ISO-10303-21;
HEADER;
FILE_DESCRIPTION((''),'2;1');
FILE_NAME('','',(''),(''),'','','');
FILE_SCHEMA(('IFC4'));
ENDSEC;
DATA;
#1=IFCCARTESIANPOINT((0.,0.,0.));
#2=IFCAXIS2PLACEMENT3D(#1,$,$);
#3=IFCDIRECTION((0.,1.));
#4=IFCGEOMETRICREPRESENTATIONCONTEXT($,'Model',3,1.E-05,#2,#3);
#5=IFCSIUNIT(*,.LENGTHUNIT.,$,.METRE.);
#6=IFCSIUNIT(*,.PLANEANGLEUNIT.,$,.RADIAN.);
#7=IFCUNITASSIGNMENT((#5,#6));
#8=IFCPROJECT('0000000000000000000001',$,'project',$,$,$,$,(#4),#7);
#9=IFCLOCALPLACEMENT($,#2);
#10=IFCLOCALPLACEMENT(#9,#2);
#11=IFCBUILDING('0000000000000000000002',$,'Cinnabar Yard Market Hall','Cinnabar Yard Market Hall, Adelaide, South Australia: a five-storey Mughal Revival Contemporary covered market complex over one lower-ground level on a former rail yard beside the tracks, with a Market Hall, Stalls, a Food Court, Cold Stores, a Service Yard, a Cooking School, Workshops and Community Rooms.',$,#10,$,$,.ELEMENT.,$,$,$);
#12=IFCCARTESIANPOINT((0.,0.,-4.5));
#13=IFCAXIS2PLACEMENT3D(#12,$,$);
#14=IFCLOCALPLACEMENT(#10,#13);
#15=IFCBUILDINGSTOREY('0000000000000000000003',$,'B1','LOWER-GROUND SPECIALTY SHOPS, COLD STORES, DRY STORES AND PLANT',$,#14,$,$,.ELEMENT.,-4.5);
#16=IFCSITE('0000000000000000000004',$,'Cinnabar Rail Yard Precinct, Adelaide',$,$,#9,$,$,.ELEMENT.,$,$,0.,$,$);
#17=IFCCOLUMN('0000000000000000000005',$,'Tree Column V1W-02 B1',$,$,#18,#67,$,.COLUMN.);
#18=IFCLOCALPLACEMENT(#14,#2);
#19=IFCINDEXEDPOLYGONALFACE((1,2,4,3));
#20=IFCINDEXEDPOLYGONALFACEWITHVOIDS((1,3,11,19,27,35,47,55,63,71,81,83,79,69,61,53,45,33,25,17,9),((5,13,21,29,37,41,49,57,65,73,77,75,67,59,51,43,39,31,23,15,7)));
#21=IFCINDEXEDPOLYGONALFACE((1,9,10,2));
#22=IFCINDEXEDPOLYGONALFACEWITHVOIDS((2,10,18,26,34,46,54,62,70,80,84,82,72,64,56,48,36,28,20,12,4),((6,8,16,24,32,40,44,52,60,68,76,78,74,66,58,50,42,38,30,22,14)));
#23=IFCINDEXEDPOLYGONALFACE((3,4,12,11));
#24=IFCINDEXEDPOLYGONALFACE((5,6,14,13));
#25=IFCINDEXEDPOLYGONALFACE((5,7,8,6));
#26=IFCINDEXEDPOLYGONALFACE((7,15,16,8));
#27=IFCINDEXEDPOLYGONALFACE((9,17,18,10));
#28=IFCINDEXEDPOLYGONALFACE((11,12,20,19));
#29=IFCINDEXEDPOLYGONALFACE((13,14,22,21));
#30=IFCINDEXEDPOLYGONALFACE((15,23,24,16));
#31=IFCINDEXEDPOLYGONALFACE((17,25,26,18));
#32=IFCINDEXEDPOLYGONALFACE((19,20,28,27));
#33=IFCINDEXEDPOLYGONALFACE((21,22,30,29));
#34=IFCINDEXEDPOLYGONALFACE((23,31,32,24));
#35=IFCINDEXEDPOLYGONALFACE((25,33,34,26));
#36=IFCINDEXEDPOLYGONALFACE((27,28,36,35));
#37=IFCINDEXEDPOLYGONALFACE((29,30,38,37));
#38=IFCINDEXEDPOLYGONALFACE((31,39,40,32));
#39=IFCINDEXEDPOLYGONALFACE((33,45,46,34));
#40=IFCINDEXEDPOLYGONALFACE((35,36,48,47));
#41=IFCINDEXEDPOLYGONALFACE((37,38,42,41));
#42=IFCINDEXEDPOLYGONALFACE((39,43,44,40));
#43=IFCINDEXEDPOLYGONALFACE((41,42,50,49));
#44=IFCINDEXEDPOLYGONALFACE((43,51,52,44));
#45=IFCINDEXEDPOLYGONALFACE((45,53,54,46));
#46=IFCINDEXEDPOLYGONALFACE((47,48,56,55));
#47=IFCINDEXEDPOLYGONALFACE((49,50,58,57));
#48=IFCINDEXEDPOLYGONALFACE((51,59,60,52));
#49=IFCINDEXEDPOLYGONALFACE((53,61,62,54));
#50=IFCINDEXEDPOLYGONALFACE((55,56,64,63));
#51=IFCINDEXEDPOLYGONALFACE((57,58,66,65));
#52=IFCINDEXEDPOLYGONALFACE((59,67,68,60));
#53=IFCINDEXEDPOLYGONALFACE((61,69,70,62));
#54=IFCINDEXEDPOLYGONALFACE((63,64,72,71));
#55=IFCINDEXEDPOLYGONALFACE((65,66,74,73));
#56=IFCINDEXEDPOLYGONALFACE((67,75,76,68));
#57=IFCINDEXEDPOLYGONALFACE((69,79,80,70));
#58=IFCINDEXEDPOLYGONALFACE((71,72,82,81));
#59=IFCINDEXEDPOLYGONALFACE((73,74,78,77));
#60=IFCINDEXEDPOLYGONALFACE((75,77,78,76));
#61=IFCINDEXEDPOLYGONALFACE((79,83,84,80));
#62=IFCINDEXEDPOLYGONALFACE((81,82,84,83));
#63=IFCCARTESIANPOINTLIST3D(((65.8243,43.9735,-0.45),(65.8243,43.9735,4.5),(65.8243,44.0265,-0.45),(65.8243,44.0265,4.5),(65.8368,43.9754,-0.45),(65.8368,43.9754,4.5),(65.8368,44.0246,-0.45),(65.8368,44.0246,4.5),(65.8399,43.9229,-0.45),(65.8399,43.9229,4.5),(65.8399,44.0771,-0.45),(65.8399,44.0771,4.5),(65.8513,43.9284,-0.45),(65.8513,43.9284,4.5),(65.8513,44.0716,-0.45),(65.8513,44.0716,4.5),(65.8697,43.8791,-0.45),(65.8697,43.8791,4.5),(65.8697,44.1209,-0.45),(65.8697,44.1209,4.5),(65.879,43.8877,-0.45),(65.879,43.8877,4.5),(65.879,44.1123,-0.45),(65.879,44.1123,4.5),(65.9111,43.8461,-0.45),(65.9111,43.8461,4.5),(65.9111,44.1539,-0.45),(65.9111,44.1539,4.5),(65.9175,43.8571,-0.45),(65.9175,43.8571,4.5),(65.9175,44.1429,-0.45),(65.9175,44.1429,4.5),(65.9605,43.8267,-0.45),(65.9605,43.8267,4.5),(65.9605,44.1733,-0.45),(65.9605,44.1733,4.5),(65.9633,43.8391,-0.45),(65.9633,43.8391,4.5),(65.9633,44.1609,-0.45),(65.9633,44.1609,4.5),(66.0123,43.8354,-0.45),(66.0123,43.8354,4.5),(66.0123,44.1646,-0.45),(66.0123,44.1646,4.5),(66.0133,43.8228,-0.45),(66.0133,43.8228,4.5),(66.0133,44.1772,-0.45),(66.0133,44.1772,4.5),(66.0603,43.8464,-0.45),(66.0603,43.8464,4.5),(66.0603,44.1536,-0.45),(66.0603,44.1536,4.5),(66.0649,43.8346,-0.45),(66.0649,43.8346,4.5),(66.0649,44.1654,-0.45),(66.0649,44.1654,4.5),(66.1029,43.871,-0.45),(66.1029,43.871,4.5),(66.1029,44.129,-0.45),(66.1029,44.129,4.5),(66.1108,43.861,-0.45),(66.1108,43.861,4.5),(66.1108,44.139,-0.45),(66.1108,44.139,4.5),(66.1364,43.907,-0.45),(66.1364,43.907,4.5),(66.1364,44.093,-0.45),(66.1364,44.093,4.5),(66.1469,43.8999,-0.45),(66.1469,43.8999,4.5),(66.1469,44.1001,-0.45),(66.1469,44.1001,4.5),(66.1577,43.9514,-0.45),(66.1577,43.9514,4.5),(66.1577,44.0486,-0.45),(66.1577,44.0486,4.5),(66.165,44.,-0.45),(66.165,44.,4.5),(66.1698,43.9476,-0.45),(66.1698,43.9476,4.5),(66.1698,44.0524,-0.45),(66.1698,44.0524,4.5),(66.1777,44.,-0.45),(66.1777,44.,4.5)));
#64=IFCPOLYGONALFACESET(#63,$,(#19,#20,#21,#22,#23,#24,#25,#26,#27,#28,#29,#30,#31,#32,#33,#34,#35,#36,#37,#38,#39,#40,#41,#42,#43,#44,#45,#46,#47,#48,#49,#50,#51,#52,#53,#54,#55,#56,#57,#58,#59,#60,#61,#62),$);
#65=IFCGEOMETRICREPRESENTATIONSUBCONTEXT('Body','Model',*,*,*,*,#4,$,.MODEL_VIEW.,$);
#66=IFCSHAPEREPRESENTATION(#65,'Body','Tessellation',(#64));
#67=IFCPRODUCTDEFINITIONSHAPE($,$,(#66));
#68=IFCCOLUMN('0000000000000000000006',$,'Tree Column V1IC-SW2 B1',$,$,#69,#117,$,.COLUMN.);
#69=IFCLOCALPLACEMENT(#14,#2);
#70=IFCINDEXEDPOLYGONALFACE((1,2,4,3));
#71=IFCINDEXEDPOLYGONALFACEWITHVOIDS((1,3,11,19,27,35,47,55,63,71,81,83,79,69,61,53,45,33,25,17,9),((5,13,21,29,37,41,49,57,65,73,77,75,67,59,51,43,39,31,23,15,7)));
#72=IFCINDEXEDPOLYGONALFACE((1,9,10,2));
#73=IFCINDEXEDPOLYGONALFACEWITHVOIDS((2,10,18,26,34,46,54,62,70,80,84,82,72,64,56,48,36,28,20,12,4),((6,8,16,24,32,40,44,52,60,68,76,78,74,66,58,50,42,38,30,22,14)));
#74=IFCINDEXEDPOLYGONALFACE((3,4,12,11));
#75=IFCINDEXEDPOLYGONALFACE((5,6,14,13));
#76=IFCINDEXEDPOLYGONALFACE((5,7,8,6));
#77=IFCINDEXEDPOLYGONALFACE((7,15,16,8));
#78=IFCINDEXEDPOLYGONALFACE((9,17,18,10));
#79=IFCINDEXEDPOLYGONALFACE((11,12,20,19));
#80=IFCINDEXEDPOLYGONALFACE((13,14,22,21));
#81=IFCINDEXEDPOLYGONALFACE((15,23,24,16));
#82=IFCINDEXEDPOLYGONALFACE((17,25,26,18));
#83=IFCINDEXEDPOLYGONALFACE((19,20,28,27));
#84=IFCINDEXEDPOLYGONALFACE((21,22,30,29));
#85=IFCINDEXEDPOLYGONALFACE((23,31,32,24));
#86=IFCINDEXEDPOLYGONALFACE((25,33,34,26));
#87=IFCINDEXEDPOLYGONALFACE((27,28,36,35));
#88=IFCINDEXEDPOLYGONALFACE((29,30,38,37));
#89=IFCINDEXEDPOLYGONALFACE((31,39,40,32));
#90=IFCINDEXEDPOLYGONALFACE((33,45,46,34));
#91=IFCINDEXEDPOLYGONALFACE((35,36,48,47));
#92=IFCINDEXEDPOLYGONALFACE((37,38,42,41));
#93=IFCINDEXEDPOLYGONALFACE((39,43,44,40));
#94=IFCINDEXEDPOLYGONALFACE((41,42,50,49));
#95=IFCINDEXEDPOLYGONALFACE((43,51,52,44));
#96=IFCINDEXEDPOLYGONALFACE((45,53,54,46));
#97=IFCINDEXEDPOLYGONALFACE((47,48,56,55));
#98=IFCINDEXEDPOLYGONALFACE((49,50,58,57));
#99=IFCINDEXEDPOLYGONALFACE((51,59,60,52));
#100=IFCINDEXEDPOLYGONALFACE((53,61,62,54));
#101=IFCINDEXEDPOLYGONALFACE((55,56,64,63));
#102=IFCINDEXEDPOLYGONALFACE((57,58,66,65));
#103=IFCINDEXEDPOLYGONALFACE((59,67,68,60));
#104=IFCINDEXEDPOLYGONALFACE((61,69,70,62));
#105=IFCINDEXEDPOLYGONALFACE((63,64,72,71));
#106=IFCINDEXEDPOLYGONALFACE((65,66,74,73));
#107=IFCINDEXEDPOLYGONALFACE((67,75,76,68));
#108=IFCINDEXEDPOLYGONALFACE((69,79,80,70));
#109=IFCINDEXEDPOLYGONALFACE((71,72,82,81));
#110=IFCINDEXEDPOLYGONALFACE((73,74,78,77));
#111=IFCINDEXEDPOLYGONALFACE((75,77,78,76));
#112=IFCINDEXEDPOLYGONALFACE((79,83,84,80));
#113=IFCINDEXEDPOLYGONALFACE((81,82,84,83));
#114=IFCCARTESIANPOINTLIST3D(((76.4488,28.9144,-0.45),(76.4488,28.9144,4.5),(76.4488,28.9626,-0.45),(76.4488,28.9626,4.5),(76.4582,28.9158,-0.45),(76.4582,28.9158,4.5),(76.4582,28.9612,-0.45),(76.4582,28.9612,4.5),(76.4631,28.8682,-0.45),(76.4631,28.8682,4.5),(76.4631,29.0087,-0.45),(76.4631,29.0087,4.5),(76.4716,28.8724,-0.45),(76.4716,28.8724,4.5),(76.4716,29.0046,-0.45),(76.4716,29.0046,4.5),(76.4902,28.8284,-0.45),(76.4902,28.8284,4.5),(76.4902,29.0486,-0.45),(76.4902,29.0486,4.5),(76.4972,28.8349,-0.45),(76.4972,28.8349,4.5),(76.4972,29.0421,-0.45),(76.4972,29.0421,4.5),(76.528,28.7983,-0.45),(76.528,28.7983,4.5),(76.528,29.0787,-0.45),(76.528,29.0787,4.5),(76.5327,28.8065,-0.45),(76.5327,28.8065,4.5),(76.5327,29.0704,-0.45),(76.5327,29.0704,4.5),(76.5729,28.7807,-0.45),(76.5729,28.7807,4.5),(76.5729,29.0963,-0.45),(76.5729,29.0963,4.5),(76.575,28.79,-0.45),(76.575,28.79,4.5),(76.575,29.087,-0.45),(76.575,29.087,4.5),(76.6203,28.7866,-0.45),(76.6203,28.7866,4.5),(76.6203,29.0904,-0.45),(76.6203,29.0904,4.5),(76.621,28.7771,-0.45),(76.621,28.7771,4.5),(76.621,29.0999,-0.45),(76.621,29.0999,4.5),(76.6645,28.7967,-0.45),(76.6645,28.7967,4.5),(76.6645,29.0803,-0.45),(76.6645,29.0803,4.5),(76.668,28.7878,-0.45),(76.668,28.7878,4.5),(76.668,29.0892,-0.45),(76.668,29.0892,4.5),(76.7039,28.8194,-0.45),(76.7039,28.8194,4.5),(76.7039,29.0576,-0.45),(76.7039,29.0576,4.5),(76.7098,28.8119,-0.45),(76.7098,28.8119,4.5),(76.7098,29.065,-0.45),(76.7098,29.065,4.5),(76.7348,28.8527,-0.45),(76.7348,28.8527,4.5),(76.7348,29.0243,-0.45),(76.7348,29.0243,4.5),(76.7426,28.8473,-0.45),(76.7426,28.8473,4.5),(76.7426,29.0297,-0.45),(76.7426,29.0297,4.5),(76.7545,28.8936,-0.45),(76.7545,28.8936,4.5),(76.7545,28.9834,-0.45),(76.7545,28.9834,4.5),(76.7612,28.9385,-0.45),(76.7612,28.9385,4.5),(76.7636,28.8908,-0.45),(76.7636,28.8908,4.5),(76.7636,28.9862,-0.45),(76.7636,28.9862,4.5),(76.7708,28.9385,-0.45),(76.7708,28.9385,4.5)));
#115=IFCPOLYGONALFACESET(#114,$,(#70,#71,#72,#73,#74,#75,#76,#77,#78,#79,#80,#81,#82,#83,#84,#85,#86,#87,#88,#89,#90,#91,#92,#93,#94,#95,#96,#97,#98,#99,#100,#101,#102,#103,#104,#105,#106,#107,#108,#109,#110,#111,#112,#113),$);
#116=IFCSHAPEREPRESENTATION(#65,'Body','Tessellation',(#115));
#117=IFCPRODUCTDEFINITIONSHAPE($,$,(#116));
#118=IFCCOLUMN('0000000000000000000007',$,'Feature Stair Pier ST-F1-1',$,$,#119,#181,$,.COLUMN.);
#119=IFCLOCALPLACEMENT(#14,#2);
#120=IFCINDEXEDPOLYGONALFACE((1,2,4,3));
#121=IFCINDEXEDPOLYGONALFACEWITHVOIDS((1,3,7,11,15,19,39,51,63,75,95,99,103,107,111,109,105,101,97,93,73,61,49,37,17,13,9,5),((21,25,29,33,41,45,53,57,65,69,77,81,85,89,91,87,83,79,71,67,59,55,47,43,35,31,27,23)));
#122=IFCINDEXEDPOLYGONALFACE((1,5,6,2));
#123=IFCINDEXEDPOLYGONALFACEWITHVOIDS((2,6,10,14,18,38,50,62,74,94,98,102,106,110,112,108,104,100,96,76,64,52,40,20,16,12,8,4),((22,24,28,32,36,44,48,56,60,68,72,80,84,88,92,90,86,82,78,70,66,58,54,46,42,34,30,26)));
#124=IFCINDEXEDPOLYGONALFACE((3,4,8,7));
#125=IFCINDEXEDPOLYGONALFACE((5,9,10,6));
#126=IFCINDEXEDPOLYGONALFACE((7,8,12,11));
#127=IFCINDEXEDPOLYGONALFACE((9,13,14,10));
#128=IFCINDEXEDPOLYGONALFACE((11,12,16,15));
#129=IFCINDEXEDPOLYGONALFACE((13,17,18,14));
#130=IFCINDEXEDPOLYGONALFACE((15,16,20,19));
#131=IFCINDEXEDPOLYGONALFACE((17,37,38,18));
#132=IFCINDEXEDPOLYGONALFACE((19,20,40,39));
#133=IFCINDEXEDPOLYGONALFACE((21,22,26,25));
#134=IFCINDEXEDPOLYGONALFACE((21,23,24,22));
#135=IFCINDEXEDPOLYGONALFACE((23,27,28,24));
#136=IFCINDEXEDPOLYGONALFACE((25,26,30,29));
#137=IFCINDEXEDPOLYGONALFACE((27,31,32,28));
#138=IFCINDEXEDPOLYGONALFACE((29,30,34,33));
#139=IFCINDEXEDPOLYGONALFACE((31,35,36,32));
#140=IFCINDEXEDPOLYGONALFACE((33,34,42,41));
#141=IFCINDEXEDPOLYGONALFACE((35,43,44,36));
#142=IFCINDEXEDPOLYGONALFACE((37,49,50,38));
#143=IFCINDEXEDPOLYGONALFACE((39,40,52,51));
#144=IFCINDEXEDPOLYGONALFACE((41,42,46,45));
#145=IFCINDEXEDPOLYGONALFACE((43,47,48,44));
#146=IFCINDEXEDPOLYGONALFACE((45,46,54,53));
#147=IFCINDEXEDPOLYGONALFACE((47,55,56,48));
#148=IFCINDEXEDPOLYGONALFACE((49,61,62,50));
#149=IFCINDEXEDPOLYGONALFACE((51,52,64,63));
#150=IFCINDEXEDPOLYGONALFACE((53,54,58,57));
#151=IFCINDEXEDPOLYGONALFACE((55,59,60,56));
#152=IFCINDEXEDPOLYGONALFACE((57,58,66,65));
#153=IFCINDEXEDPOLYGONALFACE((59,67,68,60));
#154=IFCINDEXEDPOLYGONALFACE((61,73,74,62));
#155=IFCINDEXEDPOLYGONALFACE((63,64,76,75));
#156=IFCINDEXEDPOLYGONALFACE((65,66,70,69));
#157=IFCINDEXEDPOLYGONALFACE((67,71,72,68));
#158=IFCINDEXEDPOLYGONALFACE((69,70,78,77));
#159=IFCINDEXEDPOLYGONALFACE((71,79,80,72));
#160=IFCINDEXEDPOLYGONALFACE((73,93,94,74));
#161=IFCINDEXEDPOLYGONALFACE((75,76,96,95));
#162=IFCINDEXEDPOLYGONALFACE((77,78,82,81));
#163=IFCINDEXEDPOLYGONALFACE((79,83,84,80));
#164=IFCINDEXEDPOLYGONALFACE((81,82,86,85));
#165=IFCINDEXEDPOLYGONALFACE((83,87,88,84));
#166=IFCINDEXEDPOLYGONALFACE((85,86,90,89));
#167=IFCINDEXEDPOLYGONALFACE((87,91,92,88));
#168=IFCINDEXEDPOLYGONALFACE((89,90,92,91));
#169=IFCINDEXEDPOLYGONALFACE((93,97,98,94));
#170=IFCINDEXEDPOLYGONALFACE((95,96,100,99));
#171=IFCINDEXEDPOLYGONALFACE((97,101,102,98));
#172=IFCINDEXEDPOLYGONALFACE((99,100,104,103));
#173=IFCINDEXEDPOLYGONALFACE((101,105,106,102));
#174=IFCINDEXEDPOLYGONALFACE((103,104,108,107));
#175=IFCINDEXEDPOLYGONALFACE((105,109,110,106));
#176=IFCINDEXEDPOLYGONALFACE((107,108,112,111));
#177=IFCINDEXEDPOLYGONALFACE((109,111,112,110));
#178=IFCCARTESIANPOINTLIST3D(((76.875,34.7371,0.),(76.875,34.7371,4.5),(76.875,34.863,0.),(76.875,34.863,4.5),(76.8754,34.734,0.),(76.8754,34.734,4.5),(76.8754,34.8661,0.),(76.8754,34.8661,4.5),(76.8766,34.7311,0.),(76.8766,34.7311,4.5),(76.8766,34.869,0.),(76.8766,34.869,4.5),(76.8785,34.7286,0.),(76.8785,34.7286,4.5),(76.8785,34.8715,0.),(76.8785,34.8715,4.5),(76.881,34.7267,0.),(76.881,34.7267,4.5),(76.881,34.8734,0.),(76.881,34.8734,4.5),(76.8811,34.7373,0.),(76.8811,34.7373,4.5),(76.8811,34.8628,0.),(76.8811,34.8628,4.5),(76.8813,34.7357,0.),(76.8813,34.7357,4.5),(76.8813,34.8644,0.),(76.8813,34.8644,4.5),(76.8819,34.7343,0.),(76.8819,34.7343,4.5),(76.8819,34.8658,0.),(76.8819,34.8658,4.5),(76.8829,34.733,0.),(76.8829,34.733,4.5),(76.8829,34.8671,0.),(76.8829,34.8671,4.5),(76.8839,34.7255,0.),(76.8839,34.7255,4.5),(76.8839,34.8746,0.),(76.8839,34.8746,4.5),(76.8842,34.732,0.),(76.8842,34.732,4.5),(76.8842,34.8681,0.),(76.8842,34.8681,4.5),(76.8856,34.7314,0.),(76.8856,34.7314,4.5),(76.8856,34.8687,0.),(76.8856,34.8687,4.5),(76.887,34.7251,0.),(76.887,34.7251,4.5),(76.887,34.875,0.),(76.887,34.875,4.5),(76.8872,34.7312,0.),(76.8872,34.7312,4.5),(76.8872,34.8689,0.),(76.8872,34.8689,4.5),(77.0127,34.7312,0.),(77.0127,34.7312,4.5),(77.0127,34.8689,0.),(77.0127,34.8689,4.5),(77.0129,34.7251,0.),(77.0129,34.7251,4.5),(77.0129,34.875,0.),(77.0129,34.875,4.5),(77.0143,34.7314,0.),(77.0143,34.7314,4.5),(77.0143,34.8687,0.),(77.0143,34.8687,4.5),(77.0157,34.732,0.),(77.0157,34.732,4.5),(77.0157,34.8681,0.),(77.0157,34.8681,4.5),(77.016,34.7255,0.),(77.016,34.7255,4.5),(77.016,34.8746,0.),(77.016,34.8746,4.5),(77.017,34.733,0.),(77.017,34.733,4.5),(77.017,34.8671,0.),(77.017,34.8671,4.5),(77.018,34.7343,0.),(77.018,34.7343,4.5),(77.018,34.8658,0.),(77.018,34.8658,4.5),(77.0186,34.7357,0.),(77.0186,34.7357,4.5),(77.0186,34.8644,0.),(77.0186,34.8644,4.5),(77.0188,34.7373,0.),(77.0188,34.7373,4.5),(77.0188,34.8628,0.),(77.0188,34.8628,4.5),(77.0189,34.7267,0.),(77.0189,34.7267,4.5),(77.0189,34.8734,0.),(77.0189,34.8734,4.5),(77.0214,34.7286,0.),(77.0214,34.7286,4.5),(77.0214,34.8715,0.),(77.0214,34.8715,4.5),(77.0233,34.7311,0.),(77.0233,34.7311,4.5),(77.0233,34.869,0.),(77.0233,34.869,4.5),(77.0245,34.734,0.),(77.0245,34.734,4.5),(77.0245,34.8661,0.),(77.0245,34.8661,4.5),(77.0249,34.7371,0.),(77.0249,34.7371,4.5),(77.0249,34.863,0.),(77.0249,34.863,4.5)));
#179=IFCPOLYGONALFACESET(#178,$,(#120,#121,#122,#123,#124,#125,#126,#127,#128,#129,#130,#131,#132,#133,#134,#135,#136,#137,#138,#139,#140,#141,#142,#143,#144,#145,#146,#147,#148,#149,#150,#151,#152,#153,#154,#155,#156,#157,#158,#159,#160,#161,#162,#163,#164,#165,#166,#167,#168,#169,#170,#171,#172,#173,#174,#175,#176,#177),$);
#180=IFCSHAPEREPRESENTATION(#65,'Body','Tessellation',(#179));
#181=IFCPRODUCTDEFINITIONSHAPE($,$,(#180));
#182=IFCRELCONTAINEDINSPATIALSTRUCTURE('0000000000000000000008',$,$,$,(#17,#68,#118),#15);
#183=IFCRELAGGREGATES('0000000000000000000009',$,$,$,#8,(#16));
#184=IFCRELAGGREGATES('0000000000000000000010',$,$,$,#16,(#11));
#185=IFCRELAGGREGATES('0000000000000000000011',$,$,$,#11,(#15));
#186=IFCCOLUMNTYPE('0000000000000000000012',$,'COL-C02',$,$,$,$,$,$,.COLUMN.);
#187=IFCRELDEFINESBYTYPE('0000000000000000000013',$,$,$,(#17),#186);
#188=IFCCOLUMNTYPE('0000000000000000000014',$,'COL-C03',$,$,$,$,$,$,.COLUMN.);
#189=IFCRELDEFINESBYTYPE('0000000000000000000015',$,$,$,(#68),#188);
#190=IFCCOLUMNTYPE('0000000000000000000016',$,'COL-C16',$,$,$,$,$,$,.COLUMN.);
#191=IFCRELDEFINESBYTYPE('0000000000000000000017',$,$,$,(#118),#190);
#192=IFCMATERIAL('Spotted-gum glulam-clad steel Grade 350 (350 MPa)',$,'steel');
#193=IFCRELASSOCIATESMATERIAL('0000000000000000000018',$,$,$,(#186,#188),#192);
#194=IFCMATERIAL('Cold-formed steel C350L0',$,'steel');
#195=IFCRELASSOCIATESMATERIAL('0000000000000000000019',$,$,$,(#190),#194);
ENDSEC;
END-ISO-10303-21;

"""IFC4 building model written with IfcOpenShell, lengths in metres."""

from ifc_helpers import new_model, si_unit, direction, frame, origin, origin_2d_with_axis, place, context, subcontext, project, spatial, hollow_rectangle, hollow_circle, extrude, material, material_profile, profile_set, type_object, element, save


model = new_model("IFC4")

# Units and contexts
model_context = context("Model", 3, precision=1e-05, world=origin(), true_north=direction((0.0, 1.0)))
body_context = subcontext(model_context, "Body", "Model", "MODEL_VIEW")
ifc_project = project(units=[si_unit("LENGTHUNIT", "METRE"), si_unit("PLANEANGLEUNIT", "RADIAN")], contexts=[model_context])

# Site, building, storey
site_placement = place(None, origin())
site = spatial("IfcSite", under=ifc_project, at=site_placement, Name="Cinnabar Rail Yard Precinct, Adelaide", CompositionType="ELEMENT", RefElevation=0.0)
building_placement = place(site_placement, origin())
building = spatial("IfcBuilding", under=site, at=building_placement, Name="Cinnabar Yard Market Hall", Description="Cinnabar Yard Market Hall, Adelaide, South Australia: a five-storey Mughal Revival Contemporary covered market complex over one lower-ground level on a former rail yard beside the tracks, with a Market Hall, Stalls, a Food Court, Cold Stores, a Service Yard, a Cooking School, Workshops and Community Rooms.", CompositionType="ELEMENT")
storey_placement = place(building_placement, frame((0.0, 0.0, -4.5)))
storey = spatial("IfcBuildingStorey", under=building, at=storey_placement, Name="B1", Description="LOWER-GROUND SPECIALTY SHOPS, COLD STORES, DRY STORES AND PLANT", CompositionType="ELEMENT", Elevation=-4.5)

# Columns
ifc_material_1 = material(Name="Spotted-gum glulam-clad steel Grade 350 (350 MPa)", Category="steel")
ifc_material_profile_1 = material_profile(ifc_material_1, hollow_circle(Radius=0.1777, WallThickness=0.0127, at=origin_2d_with_axis()), Name="355.6x12.7CHS")
ifc_profile_set_1 = profile_set([ifc_material_profile_1], Name="Spotted-gum glulam-clad steel Grade 350 (350 MPa)")
column_type_1 = type_object("IfcColumnType", Name="COL-C02", PredefinedType="COLUMN", material=ifc_profile_set_1)
for number, where, z_axis, x_axis, name in (
    (1, (66.0, 44.0, -0.45), (0.0, 0.0, 1.0), (1.0, 0.0, 0.0), "Tree Column V1W-02 B1"),
):
    element("IfcColumn", number, at=place(storey_placement, frame(where, z_axis=z_axis, x_axis=x_axis)), inside=storey, type_object=column_type_1, Name=name, PredefinedType="COLUMN", context=body_context, shape_type="SweptSolid", body=[
        extrude(hollow_circle(Radius=0.1777, WallThickness=0.0127, at=origin_2d_with_axis()), origin(), (0.0, 0.0, 1.0), 4.95),
    ])
ifc_material_profile_2 = material_profile(ifc_material_1, hollow_circle(Radius=0.1619, WallThickness=0.0095, at=origin_2d_with_axis()), Name="323.9x9.5CHS")
ifc_profile_set_2 = profile_set([ifc_material_profile_2], Name="Spotted-gum glulam-clad steel Grade 350 (350 MPa)")
column_type_2 = type_object("IfcColumnType", Name="COL-C03", PredefinedType="COLUMN", material=ifc_profile_set_2)
column_1_placement = place(storey_placement, frame((76.6089, 28.9385, -0.45), z_axis=(0.0, 0.0, 1.0), x_axis=(1.0, 0.0, 0.0)))
element("IfcColumn", 2, at=column_1_placement, inside=storey, type_object=column_type_2, Name="Tree Column V1IC-SW2 B1", PredefinedType="COLUMN", context=body_context, shape_type="SweptSolid", body=[
    extrude(hollow_circle(Radius=0.1619, WallThickness=0.0095, at=origin_2d_with_axis()), origin(), (0.0, 0.0, 1.0), 4.95),
])
ifc_material_2 = material(Name="Cold-formed steel C350L0", Category="steel")
ifc_material_profile_3 = material_profile(ifc_material_2, hollow_rectangle(XDim=0.1499, YDim=0.1499, WallThickness=0.0061, InnerFilletRadius=0.0061, OuterFilletRadius=0.012, at=origin_2d_with_axis()), Name="150x150x6.0SHS")
ifc_profile_set_3 = profile_set([ifc_material_profile_3], Name="Cold-formed steel C350L0")
column_type_3 = type_object("IfcColumnType", Name="COL-C16", PredefinedType="COLUMN", material=ifc_profile_set_3)
for number, where, z_axis, x_axis, name in (
    (3, (76.95, 34.8, 0.0), (0.0, 0.0, 1.0), (1.0, 0.0, 0.0), "Feature Stair Pier ST-F1-1"),
):
    element("IfcColumn", number, at=place(storey_placement, frame(where, z_axis=z_axis, x_axis=x_axis)), inside=storey, type_object=column_type_3, Name=name, PredefinedType="COLUMN", context=body_context, shape_type="SweptSolid", body=[
        extrude(hollow_rectangle(XDim=0.1499, YDim=0.1499, WallThickness=0.0061, InnerFilletRadius=0.0061, OuterFilletRadius=0.012, at=origin_2d_with_axis()), origin(), (0.0, 0.0, 1.0), 4.5),
    ])

save(model, "model.ifc")
